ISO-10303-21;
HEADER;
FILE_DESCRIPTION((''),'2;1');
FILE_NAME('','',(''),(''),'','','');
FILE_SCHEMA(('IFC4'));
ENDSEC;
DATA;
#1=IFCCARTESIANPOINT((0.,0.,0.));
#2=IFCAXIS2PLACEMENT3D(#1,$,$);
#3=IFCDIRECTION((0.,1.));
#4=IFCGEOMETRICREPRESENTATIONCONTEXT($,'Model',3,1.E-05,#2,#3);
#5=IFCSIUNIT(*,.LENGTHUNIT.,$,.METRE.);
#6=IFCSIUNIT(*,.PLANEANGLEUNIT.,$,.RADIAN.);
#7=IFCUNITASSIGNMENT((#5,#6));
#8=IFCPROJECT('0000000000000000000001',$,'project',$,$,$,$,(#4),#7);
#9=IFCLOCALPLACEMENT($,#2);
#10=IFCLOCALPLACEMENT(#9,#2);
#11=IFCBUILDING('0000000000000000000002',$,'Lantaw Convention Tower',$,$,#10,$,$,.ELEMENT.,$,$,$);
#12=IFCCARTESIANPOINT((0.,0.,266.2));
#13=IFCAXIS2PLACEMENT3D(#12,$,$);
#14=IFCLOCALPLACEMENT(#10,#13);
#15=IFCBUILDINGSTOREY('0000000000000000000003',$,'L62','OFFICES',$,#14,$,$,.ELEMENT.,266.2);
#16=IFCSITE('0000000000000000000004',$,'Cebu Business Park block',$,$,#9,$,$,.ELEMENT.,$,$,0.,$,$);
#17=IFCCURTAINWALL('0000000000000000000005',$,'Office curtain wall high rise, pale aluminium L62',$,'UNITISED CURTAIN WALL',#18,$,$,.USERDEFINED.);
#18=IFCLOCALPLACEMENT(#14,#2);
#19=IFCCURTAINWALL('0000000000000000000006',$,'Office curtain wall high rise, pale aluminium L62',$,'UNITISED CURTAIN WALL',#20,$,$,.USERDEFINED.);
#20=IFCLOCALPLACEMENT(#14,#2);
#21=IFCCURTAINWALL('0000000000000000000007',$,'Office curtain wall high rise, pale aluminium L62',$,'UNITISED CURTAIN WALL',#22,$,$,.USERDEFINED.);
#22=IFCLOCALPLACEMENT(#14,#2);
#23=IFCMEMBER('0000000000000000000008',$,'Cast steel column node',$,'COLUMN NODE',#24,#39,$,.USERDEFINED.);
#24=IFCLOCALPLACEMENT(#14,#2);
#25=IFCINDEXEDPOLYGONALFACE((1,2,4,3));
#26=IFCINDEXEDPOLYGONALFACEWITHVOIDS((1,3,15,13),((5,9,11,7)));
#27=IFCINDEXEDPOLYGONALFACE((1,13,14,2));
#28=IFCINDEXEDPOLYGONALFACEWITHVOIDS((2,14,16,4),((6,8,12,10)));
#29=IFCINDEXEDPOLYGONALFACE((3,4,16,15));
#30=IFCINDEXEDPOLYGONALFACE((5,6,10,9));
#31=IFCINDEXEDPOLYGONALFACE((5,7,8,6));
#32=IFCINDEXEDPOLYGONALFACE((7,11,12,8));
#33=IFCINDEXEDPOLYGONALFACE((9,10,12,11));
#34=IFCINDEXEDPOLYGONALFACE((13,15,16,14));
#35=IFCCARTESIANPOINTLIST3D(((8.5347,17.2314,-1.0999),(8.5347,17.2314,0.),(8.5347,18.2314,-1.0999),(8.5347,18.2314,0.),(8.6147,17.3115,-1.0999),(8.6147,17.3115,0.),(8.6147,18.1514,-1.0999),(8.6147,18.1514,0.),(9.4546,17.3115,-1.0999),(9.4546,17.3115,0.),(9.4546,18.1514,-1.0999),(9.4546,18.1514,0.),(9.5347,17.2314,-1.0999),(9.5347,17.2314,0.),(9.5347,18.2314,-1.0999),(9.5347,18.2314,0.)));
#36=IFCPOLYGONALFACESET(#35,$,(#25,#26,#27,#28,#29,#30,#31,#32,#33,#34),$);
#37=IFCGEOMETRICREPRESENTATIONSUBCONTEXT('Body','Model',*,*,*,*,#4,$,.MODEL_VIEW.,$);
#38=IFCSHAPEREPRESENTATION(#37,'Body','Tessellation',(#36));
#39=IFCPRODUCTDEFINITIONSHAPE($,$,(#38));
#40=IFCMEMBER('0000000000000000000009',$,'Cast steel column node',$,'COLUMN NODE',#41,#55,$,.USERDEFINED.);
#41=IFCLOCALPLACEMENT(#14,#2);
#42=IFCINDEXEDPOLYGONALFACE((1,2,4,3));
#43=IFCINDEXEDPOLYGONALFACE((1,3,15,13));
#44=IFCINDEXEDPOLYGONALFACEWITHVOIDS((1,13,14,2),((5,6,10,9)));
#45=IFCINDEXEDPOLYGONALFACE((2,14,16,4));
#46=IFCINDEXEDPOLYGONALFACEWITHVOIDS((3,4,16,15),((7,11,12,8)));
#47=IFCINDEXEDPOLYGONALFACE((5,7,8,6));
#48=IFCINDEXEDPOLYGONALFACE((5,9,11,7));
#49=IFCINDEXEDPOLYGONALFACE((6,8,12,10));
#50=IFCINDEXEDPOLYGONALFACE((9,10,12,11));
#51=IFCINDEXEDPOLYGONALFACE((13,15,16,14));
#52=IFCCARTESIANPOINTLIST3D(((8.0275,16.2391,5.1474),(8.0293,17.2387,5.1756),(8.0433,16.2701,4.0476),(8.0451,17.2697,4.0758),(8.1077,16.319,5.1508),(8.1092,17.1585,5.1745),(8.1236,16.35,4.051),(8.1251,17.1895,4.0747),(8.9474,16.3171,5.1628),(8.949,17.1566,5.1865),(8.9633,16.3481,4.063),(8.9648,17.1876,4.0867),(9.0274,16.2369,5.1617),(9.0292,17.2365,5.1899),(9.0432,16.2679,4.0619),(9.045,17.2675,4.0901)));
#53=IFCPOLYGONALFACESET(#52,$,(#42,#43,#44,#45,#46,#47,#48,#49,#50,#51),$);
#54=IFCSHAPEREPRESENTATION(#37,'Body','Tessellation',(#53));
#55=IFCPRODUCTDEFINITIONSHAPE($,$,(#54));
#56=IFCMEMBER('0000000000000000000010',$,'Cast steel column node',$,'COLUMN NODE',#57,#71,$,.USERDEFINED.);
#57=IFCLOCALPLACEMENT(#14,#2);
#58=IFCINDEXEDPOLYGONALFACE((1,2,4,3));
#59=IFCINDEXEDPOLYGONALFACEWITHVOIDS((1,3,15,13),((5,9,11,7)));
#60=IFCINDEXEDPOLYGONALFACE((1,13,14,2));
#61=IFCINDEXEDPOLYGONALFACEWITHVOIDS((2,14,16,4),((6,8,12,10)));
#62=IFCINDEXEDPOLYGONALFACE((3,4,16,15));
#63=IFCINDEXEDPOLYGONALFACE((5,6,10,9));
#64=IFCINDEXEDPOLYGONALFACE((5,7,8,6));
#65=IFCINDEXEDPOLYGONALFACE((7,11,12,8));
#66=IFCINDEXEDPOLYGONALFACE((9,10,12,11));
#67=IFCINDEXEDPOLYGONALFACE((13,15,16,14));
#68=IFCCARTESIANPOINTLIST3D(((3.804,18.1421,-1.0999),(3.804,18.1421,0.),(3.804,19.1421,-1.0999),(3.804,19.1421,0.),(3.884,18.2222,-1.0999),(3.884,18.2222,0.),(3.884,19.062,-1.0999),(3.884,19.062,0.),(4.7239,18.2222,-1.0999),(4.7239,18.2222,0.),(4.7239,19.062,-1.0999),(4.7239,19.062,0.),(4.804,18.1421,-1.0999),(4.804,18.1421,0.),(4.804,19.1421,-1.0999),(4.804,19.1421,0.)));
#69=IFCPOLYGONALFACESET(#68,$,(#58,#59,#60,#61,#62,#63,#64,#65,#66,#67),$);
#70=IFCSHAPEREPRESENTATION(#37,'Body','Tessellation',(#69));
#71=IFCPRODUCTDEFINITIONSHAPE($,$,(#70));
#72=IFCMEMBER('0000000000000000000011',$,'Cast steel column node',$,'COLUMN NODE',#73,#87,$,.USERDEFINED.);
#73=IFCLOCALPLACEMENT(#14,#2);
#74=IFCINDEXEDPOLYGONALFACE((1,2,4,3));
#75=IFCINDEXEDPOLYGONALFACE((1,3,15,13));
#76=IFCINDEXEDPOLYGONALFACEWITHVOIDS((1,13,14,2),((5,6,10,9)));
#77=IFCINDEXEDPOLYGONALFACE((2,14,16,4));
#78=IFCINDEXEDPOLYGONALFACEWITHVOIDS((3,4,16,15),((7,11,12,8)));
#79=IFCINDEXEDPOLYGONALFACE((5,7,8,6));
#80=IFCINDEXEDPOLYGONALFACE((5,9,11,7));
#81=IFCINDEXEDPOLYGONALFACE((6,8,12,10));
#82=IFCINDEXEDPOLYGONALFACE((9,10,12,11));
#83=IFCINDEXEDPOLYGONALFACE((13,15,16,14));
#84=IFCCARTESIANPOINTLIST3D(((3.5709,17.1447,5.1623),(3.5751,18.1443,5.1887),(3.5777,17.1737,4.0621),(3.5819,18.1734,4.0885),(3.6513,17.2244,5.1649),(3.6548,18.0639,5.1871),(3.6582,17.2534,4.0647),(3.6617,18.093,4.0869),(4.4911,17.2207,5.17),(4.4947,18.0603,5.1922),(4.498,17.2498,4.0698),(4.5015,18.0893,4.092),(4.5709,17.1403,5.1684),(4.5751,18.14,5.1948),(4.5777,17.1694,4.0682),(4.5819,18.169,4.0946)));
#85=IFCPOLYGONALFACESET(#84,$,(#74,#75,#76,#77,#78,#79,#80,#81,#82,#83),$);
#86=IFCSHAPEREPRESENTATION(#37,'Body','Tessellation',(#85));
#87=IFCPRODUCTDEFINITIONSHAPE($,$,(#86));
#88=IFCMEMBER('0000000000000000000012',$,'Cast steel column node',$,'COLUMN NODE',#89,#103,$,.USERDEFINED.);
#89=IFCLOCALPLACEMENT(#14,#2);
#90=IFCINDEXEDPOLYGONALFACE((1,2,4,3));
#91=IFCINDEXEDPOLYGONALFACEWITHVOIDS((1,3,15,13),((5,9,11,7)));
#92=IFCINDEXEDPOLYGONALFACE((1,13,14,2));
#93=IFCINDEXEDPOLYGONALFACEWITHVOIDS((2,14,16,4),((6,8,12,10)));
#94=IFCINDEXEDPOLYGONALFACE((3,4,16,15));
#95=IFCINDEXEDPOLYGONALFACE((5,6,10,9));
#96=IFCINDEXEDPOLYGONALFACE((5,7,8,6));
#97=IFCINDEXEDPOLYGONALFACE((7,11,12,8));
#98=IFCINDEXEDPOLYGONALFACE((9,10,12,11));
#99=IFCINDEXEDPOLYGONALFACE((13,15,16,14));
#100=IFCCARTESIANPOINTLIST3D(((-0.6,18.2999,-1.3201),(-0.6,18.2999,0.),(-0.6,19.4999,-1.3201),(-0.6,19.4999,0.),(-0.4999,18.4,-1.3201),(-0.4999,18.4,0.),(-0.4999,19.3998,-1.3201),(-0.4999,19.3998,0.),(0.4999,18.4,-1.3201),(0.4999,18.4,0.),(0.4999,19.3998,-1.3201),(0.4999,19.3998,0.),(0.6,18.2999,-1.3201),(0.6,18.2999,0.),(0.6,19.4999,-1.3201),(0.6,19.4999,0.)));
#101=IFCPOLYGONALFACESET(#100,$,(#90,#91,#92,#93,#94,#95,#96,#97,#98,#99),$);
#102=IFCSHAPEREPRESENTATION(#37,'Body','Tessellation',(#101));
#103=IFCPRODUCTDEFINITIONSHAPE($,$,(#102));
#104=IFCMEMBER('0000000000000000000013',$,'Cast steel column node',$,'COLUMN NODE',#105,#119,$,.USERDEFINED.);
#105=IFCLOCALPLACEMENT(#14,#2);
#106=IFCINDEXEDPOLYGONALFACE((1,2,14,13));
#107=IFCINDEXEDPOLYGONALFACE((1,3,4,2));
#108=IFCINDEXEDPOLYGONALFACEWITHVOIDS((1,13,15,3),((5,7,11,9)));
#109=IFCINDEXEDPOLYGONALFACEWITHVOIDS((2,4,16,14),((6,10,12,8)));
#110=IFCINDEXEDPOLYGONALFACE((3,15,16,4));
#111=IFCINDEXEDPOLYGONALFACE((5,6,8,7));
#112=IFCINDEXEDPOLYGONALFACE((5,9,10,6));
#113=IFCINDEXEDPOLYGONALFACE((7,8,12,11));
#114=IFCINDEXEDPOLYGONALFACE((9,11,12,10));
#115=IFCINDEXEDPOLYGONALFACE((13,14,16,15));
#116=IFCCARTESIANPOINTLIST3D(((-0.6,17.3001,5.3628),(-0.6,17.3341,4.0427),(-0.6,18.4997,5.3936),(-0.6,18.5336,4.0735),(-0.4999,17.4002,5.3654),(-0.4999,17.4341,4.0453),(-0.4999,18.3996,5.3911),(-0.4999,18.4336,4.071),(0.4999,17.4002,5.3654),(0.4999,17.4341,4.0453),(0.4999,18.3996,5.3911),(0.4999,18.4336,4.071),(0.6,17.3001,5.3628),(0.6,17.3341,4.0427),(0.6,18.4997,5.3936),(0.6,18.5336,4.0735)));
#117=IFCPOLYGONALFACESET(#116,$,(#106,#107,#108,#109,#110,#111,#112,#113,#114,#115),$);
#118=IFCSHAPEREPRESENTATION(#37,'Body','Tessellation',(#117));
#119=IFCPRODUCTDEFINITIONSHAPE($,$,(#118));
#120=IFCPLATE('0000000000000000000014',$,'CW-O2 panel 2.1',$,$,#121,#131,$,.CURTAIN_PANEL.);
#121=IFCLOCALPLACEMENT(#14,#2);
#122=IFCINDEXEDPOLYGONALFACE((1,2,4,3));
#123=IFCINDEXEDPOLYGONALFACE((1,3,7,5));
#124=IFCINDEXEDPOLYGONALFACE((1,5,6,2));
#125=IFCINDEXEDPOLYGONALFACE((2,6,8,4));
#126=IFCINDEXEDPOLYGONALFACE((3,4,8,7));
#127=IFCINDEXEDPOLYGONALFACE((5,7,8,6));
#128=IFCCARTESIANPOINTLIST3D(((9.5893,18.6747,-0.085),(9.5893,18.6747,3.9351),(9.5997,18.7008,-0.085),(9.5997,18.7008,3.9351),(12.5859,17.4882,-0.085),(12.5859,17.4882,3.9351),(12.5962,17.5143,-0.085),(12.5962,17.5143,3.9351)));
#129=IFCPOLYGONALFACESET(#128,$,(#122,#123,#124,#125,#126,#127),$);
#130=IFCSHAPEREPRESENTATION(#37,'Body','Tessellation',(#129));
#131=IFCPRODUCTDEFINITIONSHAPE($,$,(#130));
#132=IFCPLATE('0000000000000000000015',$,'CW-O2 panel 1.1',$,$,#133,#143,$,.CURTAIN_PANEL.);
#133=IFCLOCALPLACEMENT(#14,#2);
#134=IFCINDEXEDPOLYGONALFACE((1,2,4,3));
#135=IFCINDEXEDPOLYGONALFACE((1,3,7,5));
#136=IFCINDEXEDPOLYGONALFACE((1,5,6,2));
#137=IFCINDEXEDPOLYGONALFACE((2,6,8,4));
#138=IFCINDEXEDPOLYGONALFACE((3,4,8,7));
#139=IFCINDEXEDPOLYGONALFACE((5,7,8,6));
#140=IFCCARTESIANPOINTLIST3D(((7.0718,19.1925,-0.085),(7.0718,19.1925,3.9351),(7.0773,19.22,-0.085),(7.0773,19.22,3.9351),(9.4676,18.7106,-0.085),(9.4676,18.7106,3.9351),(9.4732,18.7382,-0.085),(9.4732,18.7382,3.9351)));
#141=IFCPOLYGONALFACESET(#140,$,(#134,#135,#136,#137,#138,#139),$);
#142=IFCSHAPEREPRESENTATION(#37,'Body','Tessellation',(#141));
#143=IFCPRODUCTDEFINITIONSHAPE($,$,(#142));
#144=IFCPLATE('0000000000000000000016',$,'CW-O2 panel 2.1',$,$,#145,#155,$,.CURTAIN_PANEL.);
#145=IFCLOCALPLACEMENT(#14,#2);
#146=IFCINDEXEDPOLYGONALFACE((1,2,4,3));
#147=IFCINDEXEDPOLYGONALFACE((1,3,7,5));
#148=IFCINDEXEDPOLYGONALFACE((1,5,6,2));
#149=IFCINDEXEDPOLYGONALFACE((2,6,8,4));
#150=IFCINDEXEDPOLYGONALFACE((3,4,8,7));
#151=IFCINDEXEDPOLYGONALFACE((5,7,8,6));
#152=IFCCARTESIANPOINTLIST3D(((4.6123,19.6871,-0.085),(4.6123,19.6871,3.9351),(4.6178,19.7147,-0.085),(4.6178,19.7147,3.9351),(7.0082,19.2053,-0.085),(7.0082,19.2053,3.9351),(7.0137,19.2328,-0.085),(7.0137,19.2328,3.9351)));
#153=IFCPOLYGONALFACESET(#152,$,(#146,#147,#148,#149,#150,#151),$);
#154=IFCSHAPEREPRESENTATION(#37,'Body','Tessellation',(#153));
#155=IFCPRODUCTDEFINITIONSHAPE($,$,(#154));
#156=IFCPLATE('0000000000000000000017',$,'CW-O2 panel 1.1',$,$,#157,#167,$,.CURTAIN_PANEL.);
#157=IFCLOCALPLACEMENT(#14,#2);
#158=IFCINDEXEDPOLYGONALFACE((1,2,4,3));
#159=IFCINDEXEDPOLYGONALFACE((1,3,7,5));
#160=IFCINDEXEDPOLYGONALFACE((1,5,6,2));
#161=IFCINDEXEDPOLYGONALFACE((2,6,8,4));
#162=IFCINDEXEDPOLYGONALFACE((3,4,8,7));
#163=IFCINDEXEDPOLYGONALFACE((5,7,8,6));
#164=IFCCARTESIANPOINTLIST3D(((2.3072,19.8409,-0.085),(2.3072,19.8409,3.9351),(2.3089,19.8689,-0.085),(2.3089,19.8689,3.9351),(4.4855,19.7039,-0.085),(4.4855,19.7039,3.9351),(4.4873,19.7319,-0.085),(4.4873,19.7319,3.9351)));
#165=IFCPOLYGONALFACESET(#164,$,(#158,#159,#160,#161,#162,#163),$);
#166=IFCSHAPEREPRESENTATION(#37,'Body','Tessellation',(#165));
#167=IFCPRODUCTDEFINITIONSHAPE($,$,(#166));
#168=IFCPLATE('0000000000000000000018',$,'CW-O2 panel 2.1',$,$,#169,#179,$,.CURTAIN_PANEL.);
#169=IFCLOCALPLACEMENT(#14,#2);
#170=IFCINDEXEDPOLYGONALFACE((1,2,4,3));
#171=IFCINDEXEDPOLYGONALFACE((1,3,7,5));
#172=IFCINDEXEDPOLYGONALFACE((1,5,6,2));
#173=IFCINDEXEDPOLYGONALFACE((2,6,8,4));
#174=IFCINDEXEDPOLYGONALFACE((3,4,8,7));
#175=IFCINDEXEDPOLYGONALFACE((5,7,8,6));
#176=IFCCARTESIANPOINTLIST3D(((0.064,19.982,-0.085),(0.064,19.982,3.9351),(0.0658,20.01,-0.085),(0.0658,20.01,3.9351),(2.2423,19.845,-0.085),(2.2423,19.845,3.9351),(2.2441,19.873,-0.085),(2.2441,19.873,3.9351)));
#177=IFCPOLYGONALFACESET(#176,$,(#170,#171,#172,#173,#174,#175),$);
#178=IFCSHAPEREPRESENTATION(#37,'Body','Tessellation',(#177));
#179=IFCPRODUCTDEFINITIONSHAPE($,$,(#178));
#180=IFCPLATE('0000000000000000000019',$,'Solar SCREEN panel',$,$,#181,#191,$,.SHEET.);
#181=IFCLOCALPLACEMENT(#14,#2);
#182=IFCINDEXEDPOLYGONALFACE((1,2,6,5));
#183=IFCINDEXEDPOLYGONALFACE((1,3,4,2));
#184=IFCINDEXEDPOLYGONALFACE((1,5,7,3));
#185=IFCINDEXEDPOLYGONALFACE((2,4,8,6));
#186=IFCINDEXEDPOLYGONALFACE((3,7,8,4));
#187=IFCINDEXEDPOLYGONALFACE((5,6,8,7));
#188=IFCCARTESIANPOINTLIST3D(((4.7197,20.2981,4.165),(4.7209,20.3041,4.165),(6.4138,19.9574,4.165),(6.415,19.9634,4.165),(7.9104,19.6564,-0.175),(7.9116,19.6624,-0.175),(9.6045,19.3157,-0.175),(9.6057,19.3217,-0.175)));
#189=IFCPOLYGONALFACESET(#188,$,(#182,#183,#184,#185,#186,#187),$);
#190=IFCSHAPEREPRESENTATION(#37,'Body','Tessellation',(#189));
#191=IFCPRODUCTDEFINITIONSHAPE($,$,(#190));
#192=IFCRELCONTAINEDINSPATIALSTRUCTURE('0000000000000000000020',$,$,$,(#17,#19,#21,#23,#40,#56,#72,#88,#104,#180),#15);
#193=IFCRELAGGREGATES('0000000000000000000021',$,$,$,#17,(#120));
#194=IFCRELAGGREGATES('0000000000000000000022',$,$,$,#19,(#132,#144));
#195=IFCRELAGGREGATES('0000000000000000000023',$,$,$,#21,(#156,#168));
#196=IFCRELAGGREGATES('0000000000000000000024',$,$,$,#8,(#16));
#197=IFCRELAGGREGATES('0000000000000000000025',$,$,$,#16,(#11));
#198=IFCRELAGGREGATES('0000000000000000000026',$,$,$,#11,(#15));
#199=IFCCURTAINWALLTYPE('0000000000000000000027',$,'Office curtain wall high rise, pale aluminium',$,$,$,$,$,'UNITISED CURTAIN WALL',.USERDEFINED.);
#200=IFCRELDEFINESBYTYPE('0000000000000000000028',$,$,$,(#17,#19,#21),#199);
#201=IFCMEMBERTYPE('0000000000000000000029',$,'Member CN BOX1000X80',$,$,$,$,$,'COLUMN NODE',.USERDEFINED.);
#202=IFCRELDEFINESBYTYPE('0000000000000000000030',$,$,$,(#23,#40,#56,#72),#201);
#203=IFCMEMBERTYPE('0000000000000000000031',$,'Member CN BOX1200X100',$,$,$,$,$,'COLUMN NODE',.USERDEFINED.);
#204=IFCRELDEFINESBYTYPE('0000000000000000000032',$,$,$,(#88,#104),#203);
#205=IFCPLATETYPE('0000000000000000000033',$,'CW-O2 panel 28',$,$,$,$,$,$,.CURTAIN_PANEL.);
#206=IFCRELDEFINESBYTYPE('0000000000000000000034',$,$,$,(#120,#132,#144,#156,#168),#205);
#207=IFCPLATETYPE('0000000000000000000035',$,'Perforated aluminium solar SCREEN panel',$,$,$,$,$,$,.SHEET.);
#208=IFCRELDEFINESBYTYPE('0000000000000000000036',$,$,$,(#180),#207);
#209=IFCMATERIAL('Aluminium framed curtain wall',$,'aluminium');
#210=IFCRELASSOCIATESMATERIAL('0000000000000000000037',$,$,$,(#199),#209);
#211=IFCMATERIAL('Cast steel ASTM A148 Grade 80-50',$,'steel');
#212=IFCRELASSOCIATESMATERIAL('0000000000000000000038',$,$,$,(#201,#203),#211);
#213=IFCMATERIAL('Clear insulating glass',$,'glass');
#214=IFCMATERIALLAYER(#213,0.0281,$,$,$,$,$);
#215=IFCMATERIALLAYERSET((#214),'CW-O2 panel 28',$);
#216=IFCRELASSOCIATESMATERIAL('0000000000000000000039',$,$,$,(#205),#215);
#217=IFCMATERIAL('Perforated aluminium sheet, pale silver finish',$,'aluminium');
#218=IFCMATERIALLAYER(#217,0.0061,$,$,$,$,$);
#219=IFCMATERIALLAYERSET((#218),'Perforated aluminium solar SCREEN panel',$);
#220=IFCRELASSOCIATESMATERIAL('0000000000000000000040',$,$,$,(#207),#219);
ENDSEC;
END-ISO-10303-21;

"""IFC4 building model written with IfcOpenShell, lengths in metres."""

from ifc_helpers import new_model, si_unit, direction, frame, origin, origin_2d, place, context, subcontext, project, spatial, polyline, rectangle, hollow_rectangle, outline, extrude, material, layer, layer_set, material_profile, profile_set, type_object, element, aggregate, save


model = new_model("IFC4")

# Units and contexts
model_context = context("Model", 3, precision=1e-05, world=origin(), true_north=direction((0.0, 1.0)))
body_context = subcontext(model_context, "Body", "Model", "MODEL_VIEW")
ifc_project = project(units=[si_unit("LENGTHUNIT", "METRE"), si_unit("PLANEANGLEUNIT", "RADIAN")], contexts=[model_context])

# Site, building, storey
site_placement = place(None, origin())
site = spatial("IfcSite", under=ifc_project, at=site_placement, Name="Cebu Business Park block", CompositionType="ELEMENT", RefElevation=0.0)
building_placement = place(site_placement, origin())
building = spatial("IfcBuilding", under=site, at=building_placement, Name="Lantaw Convention Tower", CompositionType="ELEMENT")
storey_placement = place(building_placement, frame((0.0, 0.0, 266.2)))
storey = spatial("IfcBuildingStorey", under=building, at=storey_placement, Name="L62", Description="OFFICES", CompositionType="ELEMENT", Elevation=266.2)

# Curtain walls
ifc_material_1 = material(Name="Aluminium framed curtain wall", Category="aluminium")
curtain_wall_type = type_object("IfcCurtainWallType", Name="Office curtain wall high rise, pale aluminium", ElementType="UNITISED CURTAIN WALL", PredefinedType="USERDEFINED", material=ifc_material_1)
curtain_wall_1_placement = place(storey_placement, origin())
curtain_wall_1 = element("IfcCurtainWall", 1, at=curtain_wall_1_placement, inside=storey, type_object=curtain_wall_type, Name="Office curtain wall high rise, pale aluminium L62", ObjectType="UNITISED CURTAIN WALL", PredefinedType="USERDEFINED")
curtain_wall_2_placement = place(storey_placement, origin())
curtain_wall_2 = element("IfcCurtainWall", 2, at=curtain_wall_2_placement, inside=storey, type_object=curtain_wall_type, Name="Office curtain wall high rise, pale aluminium L62", ObjectType="UNITISED CURTAIN WALL", PredefinedType="USERDEFINED")
curtain_wall_3_placement = place(storey_placement, origin())
curtain_wall_3 = element("IfcCurtainWall", 3, at=curtain_wall_3_placement, inside=storey, type_object=curtain_wall_type, Name="Office curtain wall high rise, pale aluminium L62", ObjectType="UNITISED CURTAIN WALL", PredefinedType="USERDEFINED")

# Members
ifc_material_2 = material(Name="Cast steel ASTM A148 Grade 80-50", Category="steel")
ifc_material_profile_1 = material_profile(ifc_material_2, hollow_rectangle(XDim=1.0, YDim=1.0, WallThickness=0.0801, at=origin_2d()), Name="BOX1000X80")
ifc_profile_set_1 = profile_set([ifc_material_profile_1], Name="Cast steel ASTM A148 Grade 80-50")
member_type_1 = type_object("IfcMemberType", Name="Member CN BOX1000X80", ElementType="COLUMN NODE", PredefinedType="USERDEFINED", material=ifc_profile_set_1)
member_1_placement = place(storey_placement, frame((9.0347, 17.7314, -1.0999), z_axis=(0.0, 0.0, 1.0), x_axis=(1.0, 0.0, 0.0)))
element("IfcMember", 4, at=member_1_placement, inside=storey, type_object=member_type_1, Name="Cast steel column node", ObjectType="COLUMN NODE", PredefinedType="USERDEFINED", context=body_context, shape_type="SweptSolid", body=[
    extrude(hollow_rectangle(XDim=1.0, YDim=1.0, WallThickness=0.0801, at=origin_2d()), origin(), (0.0, 0.0, 1.0), 1.0999),
])
member_2_placement = place(storey_placement, frame((8.5442, 16.7688, 4.0688), z_axis=(-0.014421, -0.028177, 0.999499), x_axis=(0.999894, -0.002217, 0.014364)))
element("IfcMember", 5, at=member_2_placement, inside=storey, type_object=member_type_1, Name="Cast steel column node", ObjectType="COLUMN NODE", PredefinedType="USERDEFINED", context=body_context, shape_type="SweptSolid", body=[
    extrude(hollow_rectangle(XDim=1.0, YDim=1.0, WallThickness=0.0801, at=origin_2d()), origin(), (0.0, 0.0, 1.0), 1.1003),
])
member_3_placement = place(storey_placement, frame((4.304, 18.6421, -1.0999), z_axis=(0.0, 0.0, 1.0), x_axis=(1.0, 0.0, 0.0)))
element("IfcMember", 6, at=member_3_placement, inside=storey, type_object=member_type_1, Name="Cast steel column node", ObjectType="COLUMN NODE", PredefinedType="USERDEFINED", context=body_context, shape_type="SweptSolid", body=[
    extrude(hollow_rectangle(XDim=1.0, YDim=1.0, WallThickness=0.0801, at=origin_2d()), origin(), (0.0, 0.0, 1.0), 1.0999),
])
member_4_placement = place(storey_placement, frame((4.0798, 17.6714, 4.0784), z_axis=(-0.006212, -0.0264, 0.999632), x_axis=(0.999972, -0.004359, 0.006099)))
element("IfcMember", 7, at=member_4_placement, inside=storey, type_object=member_type_1, Name="Cast steel column node", ObjectType="COLUMN NODE", PredefinedType="USERDEFINED", context=body_context, shape_type="SweptSolid", body=[
    extrude(hollow_rectangle(XDim=1.0, YDim=1.0, WallThickness=0.0801, at=origin_2d()), origin(), (0.0, 0.0, 1.0), 1.1006),
])
ifc_material_profile_2 = material_profile(ifc_material_2, hollow_rectangle(XDim=1.2, YDim=1.2, WallThickness=0.1001, at=origin_2d()), Name="BOX1200X100")
ifc_profile_set_2 = profile_set([ifc_material_profile_2], Name="Cast steel ASTM A148 Grade 80-50")
member_type_2 = type_object("IfcMemberType", Name="Member CN BOX1200X100", ElementType="COLUMN NODE", PredefinedType="USERDEFINED", material=ifc_profile_set_2)
member_5_placement = place(storey_placement, frame((0.0, 18.8999, -1.3201), z_axis=(0.0, 0.0, 1.0), x_axis=(1.0, 0.0, 0.0)))
element("IfcMember", 8, at=member_5_placement, inside=storey, type_object=member_type_2, Name="Cast steel column node", ObjectType="COLUMN NODE", PredefinedType="USERDEFINED", context=body_context, shape_type="SweptSolid", body=[
    extrude(hollow_rectangle(XDim=1.2, YDim=1.2, WallThickness=0.1001, at=origin_2d()), origin(), (0.0, 0.0, 1.0), 1.3201),
])
member_6_placement = place(storey_placement, frame((0.0, 17.9338, 4.0581), z_axis=(0.0, -0.025699, 0.99967), x_axis=(1.0, 0.0, 0.0)))
element("IfcMember", 9, at=member_6_placement, inside=storey, type_object=member_type_2, Name="Cast steel column node", ObjectType="COLUMN NODE", PredefinedType="USERDEFINED", context=body_context, shape_type="SweptSolid", body=[
    extrude(hollow_rectangle(XDim=1.2, YDim=1.2, WallThickness=0.1001, at=origin_2d()), origin(), (0.0, 0.0, 1.0), 1.3206),
])

# Plates
ifc_material_3 = material(Name="Clear insulating glass", Category="glass")
ifc_layer_1 = layer(ifc_material_3, 0.0281)
ifc_layer_set_1 = layer_set([ifc_layer_1], Name="CW-O2 panel 28")
plate_type_1 = type_object("IfcPlateType", Name="CW-O2 panel 28", PredefinedType="CURTAIN_PANEL", material=ifc_layer_set_1)
plate_1_placement = place(storey_placement, frame((11.0928, 18.0945, -0.085), z_axis=(0.0, 0.0, 1.0), x_axis=(-0.929762, 0.368162, 0.0)))
plate_1 = element("IfcPlate", 10, at=plate_1_placement, type_object=plate_type_1, Name="CW-O2 panel 2.1", PredefinedType="CURTAIN_PANEL", context=body_context, shape_type="SweptSolid", body=[
    extrude(rectangle(XDim=3.2229, YDim=0.0281, at=origin_2d()), origin(), (0.0, 0.0, 1.0), 4.02),
])
aggregate(curtain_wall_1, [plate_1])
plate_2_placement = place(storey_placement, frame((8.2725, 18.9653, -0.085), z_axis=(0.0, 0.0, 1.0), x_axis=(-0.980367, 0.197183, 0.0)))
plate_2 = element("IfcPlate", 11, at=plate_2_placement, type_object=plate_type_1, Name="CW-O2 panel 1.1", PredefinedType="CURTAIN_PANEL", context=body_context, shape_type="SweptSolid", body=[
    extrude(rectangle(XDim=2.4438, YDim=0.0281, at=origin_2d()), origin(), (0.0, 0.0, 1.0), 4.02),
])
plate_3_placement = place(storey_placement, frame((5.813, 19.46, -0.085), z_axis=(0.0, 0.0, 1.0), x_axis=(-0.980367, 0.197183, 0.0)))
plate_3 = element("IfcPlate", 12, at=plate_3_placement, type_object=plate_type_1, Name="CW-O2 panel 2.1", PredefinedType="CURTAIN_PANEL", context=body_context, shape_type="SweptSolid", body=[
    extrude(rectangle(XDim=2.4438, YDim=0.0281, at=origin_2d()), origin(), (0.0, 0.0, 1.0), 4.02),
])
aggregate(curtain_wall_2, [plate_2, plate_3])
plate_4_placement = place(storey_placement, frame((3.3972, 19.7864, -0.085), z_axis=(0.0, 0.0, 1.0), x_axis=(-0.998029, 0.062758, 0.0)))
plate_4 = element("IfcPlate", 13, at=plate_4_placement, type_object=plate_type_1, Name="CW-O2 panel 1.1", PredefinedType="CURTAIN_PANEL", context=body_context, shape_type="SweptSolid", body=[
    extrude(rectangle(XDim=2.1826, YDim=0.0281, at=origin_2d()), origin(), (0.0, 0.0, 1.0), 4.02),
])
plate_5_placement = place(storey_placement, frame((1.1541, 19.9275, -0.085), z_axis=(0.0, 0.0, 1.0), x_axis=(-0.998029, 0.062758, 0.0)))
plate_5 = element("IfcPlate", 14, at=plate_5_placement, type_object=plate_type_1, Name="CW-O2 panel 2.1", PredefinedType="CURTAIN_PANEL", context=body_context, shape_type="SweptSolid", body=[
    extrude(rectangle(XDim=2.1826, YDim=0.0281, at=origin_2d()), origin(), (0.0, 0.0, 1.0), 4.02),
])
aggregate(curtain_wall_3, [plate_4, plate_5])

# Plate
ifc_material_4 = material(Name="Perforated aluminium sheet, pale silver finish", Category="aluminium")
ifc_layer_2 = layer(ifc_material_4, 0.0061)
ifc_layer_set_2 = layer_set([ifc_layer_2], Name="Perforated aluminium solar SCREEN panel")
plate_type_2 = type_object("IfcPlateType", Name="Perforated aluminium solar SCREEN panel", PredefinedType="SHEET", material=ifc_layer_set_2)
plate_6_placement = place(storey_placement, frame((9.6045, 19.3157, -0.175), z_axis=(-0.197162, -0.980371, 0.000011), x_axis=(-0.980371, 0.197162, 0.0)))
element("IfcPlate", 15, at=plate_6_placement, inside=storey, type_object=plate_type_2, Name="Solar SCREEN panel", PredefinedType="SHEET", context=body_context, shape_type="SweptSolid", body=[
    extrude(outline(polyline([(0.0, 0.0), (1.728, 0.0), (4.9826, -4.3401), (3.2545, -4.3401), (0.0, 0.0)])), origin(), (0.0, 0.0, -1.0), 0.0061),
])

save(model, "model.ifc")
